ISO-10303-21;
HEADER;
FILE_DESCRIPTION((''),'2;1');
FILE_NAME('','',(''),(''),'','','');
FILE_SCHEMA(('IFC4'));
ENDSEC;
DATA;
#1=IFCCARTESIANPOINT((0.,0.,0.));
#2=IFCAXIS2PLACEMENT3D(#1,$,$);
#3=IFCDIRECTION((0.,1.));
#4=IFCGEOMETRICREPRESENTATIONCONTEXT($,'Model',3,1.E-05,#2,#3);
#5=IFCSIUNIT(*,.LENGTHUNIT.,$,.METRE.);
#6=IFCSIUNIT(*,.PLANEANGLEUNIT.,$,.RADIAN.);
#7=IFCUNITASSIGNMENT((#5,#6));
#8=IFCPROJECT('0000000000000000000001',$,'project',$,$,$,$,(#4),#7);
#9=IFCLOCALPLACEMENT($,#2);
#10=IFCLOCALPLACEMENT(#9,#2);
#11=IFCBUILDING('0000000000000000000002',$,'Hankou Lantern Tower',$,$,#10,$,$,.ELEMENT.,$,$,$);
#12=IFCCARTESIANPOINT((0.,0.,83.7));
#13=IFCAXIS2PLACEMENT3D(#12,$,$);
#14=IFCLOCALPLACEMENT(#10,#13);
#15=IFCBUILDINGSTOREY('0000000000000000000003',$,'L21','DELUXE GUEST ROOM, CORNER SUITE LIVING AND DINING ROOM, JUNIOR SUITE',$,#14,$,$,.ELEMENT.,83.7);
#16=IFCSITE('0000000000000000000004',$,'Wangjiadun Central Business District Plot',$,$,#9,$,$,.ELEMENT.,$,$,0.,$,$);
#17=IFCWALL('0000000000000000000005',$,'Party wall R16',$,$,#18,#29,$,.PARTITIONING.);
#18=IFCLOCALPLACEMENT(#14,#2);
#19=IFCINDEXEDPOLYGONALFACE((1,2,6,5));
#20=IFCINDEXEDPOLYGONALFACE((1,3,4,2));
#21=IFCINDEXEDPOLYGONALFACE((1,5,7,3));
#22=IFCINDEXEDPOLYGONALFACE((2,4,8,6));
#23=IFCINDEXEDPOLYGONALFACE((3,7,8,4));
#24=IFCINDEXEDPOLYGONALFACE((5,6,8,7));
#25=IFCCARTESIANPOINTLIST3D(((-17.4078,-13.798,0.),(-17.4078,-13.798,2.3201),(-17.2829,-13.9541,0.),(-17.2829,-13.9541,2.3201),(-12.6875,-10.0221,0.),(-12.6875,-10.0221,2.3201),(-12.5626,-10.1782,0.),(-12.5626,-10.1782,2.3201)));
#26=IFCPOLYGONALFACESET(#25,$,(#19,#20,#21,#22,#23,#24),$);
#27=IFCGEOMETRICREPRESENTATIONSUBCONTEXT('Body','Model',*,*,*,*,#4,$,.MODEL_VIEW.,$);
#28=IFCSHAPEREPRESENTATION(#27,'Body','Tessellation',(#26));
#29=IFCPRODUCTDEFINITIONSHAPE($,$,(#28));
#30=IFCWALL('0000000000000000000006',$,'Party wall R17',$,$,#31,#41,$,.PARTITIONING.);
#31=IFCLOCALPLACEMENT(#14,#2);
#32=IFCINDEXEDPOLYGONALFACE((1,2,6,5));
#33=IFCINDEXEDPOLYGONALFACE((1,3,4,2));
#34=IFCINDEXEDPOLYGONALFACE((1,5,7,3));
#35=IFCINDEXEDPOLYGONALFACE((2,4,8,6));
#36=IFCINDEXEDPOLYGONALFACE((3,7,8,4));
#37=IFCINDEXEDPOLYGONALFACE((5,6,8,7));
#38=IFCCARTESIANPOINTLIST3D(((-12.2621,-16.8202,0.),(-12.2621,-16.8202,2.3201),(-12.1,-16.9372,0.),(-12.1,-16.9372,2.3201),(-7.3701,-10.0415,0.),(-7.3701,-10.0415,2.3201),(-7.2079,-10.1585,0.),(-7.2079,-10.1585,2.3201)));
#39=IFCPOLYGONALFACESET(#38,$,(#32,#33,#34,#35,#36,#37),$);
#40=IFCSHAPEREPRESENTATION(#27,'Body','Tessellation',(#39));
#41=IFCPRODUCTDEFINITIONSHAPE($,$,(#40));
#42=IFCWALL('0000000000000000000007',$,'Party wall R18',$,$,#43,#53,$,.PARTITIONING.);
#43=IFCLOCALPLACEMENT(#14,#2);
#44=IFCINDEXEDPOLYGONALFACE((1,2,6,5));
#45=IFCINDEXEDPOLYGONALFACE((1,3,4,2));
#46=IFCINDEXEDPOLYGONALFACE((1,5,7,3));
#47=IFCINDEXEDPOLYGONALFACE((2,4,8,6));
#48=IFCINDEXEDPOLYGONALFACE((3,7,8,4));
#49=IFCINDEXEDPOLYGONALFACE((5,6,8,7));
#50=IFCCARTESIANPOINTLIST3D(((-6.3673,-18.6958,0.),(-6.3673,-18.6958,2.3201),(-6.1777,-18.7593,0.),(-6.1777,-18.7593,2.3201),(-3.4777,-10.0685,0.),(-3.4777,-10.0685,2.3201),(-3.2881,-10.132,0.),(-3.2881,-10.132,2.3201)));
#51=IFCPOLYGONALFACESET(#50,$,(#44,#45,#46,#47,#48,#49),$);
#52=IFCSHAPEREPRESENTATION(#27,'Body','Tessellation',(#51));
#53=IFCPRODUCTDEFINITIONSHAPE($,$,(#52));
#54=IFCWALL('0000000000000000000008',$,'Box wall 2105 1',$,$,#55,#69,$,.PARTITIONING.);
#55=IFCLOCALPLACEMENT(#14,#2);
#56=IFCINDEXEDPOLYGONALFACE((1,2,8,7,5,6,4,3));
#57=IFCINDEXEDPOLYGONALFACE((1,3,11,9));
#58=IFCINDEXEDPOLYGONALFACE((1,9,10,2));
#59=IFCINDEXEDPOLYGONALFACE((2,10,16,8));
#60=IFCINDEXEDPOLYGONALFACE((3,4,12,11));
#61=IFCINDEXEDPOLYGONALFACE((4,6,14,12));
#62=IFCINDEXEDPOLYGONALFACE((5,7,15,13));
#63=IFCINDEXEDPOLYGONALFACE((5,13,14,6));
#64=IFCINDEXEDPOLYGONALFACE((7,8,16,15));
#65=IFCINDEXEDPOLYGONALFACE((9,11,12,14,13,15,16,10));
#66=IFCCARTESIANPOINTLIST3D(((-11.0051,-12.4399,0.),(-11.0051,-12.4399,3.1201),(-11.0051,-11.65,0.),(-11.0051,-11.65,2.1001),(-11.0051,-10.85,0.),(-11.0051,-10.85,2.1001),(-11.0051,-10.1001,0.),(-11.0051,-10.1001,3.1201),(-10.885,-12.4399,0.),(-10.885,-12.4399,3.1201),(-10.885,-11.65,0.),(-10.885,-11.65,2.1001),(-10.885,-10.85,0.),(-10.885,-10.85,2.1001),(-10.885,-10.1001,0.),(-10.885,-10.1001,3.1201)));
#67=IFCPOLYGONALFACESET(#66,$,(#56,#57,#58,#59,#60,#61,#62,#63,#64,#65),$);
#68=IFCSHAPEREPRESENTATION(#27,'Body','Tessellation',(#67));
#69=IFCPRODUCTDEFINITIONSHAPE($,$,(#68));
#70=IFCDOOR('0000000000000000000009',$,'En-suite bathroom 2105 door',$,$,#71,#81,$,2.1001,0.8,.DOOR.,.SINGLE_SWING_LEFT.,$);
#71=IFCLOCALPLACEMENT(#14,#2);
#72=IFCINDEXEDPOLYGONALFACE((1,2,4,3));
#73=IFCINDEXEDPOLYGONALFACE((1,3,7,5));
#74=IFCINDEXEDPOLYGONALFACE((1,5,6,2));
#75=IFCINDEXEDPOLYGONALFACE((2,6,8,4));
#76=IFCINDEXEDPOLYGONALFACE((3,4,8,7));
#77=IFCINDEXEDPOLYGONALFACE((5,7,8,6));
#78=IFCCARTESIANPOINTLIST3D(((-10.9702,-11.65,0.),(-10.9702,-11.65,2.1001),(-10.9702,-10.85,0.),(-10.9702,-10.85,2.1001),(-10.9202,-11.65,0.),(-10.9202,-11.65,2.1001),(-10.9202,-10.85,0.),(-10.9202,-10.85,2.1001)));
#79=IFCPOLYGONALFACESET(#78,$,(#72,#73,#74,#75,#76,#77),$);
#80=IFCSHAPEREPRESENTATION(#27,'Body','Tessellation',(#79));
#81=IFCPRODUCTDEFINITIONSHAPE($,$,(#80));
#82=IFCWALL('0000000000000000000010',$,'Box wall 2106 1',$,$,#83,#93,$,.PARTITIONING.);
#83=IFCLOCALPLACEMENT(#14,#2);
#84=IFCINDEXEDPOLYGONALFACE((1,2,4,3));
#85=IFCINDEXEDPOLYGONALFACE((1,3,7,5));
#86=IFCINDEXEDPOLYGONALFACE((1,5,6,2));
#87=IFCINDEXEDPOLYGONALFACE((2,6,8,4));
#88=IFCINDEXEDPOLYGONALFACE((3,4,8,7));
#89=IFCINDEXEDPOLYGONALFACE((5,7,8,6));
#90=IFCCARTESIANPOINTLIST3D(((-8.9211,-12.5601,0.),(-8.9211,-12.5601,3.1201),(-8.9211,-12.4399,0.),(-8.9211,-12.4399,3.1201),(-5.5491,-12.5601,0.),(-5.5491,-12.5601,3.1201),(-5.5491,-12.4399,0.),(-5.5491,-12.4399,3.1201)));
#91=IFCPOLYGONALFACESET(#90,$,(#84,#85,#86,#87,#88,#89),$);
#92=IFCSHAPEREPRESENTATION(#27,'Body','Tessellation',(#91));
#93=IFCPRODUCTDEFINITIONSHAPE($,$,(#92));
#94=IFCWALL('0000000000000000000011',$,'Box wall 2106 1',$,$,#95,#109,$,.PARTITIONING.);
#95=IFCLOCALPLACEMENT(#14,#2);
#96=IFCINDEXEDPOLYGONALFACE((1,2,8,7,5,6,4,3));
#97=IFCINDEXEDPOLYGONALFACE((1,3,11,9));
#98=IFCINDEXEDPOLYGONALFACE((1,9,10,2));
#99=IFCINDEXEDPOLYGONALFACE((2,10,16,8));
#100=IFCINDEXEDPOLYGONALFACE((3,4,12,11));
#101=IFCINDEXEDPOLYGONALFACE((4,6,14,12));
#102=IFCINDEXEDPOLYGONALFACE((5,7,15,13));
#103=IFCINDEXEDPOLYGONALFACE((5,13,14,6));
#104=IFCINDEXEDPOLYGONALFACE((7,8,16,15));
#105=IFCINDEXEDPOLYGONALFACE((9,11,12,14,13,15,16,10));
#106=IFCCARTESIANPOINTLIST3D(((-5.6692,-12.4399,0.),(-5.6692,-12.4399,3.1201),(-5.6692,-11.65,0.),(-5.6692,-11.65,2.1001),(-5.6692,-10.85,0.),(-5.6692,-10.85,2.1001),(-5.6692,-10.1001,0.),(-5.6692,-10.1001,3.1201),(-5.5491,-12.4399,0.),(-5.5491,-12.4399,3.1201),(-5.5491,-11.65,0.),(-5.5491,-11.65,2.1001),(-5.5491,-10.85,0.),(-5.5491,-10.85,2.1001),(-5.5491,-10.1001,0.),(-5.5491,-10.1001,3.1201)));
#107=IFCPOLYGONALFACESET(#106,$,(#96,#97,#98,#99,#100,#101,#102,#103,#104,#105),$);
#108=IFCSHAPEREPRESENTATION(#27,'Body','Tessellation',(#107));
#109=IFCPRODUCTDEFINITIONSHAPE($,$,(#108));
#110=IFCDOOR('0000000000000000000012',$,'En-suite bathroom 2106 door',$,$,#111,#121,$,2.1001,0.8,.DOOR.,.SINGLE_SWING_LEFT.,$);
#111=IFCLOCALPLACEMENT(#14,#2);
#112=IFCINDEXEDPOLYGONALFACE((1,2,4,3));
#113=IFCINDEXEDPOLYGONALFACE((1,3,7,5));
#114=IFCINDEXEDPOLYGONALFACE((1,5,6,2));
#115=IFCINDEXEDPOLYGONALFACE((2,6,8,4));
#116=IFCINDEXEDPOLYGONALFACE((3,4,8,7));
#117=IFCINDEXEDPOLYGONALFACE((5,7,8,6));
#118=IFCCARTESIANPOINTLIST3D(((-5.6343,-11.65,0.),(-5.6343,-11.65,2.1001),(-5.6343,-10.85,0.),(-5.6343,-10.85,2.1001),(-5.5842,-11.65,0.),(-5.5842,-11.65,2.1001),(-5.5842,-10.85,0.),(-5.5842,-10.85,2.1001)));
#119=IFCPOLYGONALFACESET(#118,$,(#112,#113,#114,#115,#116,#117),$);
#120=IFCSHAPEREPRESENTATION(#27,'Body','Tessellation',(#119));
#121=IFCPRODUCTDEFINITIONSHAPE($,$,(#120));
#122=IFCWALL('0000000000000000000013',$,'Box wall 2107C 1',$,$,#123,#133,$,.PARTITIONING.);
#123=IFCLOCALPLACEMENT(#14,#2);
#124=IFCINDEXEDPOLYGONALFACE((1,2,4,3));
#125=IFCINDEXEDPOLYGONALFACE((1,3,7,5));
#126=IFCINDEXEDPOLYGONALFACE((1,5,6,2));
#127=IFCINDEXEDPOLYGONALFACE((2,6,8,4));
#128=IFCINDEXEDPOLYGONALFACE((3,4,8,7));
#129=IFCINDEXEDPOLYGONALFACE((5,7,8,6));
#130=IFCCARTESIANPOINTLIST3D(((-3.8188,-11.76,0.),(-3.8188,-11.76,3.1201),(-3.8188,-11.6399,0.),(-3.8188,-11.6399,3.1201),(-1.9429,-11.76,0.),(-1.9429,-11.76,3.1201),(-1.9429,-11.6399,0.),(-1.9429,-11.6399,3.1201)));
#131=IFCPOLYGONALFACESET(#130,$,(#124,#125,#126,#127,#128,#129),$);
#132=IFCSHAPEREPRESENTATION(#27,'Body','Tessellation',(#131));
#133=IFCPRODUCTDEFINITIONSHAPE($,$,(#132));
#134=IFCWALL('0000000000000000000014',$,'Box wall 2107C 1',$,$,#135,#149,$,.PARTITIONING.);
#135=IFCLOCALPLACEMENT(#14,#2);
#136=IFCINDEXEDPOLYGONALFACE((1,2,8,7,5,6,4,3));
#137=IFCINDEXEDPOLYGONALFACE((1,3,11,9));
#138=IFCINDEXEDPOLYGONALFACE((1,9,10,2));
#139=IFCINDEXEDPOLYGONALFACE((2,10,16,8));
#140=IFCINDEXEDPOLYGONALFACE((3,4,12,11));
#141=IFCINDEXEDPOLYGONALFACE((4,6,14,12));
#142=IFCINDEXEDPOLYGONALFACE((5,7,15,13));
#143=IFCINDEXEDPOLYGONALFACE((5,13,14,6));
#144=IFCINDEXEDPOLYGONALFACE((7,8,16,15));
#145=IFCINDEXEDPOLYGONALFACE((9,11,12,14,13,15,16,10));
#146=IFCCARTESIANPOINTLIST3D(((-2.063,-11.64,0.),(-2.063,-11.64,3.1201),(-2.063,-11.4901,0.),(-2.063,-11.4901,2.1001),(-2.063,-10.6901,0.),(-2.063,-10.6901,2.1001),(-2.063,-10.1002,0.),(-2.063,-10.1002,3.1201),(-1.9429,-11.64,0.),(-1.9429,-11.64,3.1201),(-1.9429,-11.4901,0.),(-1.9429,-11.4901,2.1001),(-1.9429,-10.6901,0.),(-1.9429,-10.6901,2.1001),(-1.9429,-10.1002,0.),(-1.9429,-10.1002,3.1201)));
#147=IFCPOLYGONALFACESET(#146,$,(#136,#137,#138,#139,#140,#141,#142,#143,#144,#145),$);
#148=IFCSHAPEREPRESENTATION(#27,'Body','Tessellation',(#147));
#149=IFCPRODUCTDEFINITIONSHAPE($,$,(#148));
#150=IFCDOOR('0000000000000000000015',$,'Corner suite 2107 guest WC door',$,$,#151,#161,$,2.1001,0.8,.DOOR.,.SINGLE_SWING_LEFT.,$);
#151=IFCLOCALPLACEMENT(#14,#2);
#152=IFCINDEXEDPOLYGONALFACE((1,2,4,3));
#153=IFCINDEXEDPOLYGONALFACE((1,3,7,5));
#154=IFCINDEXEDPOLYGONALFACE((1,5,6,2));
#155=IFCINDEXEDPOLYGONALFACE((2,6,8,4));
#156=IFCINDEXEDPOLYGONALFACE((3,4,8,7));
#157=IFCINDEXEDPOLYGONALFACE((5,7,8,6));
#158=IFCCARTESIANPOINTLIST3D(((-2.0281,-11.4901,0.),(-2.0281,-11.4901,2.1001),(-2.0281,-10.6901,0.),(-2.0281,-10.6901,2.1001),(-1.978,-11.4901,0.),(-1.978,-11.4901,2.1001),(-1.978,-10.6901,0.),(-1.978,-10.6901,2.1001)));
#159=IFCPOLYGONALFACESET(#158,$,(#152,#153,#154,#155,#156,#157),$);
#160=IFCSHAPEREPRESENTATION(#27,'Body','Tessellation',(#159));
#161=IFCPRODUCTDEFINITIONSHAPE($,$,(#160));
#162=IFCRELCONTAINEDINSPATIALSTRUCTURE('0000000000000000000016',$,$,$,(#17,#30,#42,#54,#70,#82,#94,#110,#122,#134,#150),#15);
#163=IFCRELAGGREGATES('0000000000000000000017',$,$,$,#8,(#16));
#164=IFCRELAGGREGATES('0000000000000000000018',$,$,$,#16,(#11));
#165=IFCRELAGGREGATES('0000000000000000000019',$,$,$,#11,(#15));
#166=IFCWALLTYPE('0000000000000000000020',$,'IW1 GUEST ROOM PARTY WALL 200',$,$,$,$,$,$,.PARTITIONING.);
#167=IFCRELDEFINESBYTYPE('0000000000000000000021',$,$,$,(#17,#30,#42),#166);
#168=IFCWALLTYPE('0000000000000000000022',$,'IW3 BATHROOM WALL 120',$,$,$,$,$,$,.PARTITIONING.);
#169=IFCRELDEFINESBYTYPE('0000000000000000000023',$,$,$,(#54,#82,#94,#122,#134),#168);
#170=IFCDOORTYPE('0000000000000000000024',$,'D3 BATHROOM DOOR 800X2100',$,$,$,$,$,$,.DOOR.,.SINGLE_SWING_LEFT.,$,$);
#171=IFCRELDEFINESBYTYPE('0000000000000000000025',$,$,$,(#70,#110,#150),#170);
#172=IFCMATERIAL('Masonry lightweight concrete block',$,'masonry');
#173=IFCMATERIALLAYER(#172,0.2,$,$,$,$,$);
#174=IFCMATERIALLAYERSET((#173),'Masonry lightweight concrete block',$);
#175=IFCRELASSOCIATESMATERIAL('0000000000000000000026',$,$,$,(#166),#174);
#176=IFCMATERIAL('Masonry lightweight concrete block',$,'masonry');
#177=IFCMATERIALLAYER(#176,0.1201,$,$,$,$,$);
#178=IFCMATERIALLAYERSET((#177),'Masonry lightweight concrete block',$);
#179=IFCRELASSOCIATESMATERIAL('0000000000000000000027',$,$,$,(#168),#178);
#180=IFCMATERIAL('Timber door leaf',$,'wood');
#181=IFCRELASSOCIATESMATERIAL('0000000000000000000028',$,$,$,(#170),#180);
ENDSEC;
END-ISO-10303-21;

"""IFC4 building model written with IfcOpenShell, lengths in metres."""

from ifc_helpers import new_model, si_unit, direction, frame, frame_2d, origin, place, context, subcontext, project, spatial, rectangle, extrude, material, layer, layer_set, type_object, element, fill, save


model = new_model("IFC4")

# Units and contexts
model_context = context("Model", 3, precision=1e-05, world=origin(), true_north=direction((0.0, 1.0)))
body_context = subcontext(model_context, "Body", "Model", "MODEL_VIEW")
ifc_project = project(units=[si_unit("LENGTHUNIT", "METRE"), si_unit("PLANEANGLEUNIT", "RADIAN")], contexts=[model_context])

# Site, building, storey
site_placement = place(None, origin())
site = spatial("IfcSite", under=ifc_project, at=site_placement, Name="Wangjiadun Central Business District Plot", CompositionType="ELEMENT", RefElevation=0.0)
building_placement = place(site_placement, origin())
building = spatial("IfcBuilding", under=site, at=building_placement, Name="Hankou Lantern Tower", CompositionType="ELEMENT")
storey_placement = place(building_placement, frame((0.0, 0.0, 83.7)))
storey = spatial("IfcBuildingStorey", under=building, at=storey_placement, Name="L21", Description="DELUXE GUEST ROOM, CORNER SUITE LIVING AND DINING ROOM, JUNIOR SUITE", CompositionType="ELEMENT", Elevation=83.7)

# Walls
ifc_material_1 = material(Name="Masonry lightweight concrete block", Category="masonry")
ifc_layer_1 = layer(ifc_material_1, 0.2)
ifc_layer_set_1 = layer_set([ifc_layer_1], Name="Masonry lightweight concrete block")
wall_type_1 = type_object("IfcWallType", Name="IW1 GUEST ROOM PARTY WALL 200", PredefinedType="PARTITIONING", material=ifc_layer_set_1)
wall_1_placement = place(storey_placement, frame((-12.625, -10.1001, 0.0), z_axis=(0.0, 0.0, 1.0), x_axis=(-0.780892, -0.624665, 0.0)))
element("IfcWall", 1, at=wall_1_placement, inside=storey, type_object=wall_type_1, Name="Party wall R16", PredefinedType="PARTITIONING", context=body_context, shape_type="SweptSolid", body=[
    extrude(rectangle(XDim=6.0447, YDim=0.2, at=frame_2d((3.0225, 0.0))), origin(), (0.0, 0.0, 1.0), 2.3201),
])
wall_2_placement = place(storey_placement, frame((-7.2891, -10.1001, 0.0), z_axis=(0.0, 0.0, 1.0), x_axis=(-0.585198, -0.81089, 0.0)))
element("IfcWall", 2, at=wall_2_placement, inside=storey, type_object=wall_type_1, Name="Party wall R17", PredefinedType="PARTITIONING", context=body_context, shape_type="SweptSolid", body=[
    extrude(rectangle(XDim=8.3596, YDim=0.2, at=frame_2d((4.1797, 0.0))), origin(), (0.0, 0.0, 1.0), 2.3201),
])
wall_3_placement = place(storey_placement, frame((-3.3828, -10.1001, 0.0), z_axis=(0.0, 0.0, 1.0), x_axis=(-0.317596, -0.948226, 0.0)))
element("IfcWall", 3, at=wall_3_placement, inside=storey, type_object=wall_type_1, Name="Party wall R18", PredefinedType="PARTITIONING", context=body_context, shape_type="SweptSolid", body=[
    extrude(rectangle(XDim=9.0984, YDim=0.2, at=frame_2d((4.5493, 0.0))), origin(), (0.0, 0.0, 1.0), 2.3201),
])

# Wall, opening, door
ifc_material_2 = material(Name="Masonry lightweight concrete block", Category="masonry")
ifc_layer_2 = layer(ifc_material_2, 0.1201)
ifc_layer_set_2 = layer_set([ifc_layer_2], Name="Masonry lightweight concrete block")
wall_type_2 = type_object("IfcWallType", Name="IW3 BATHROOM WALL 120", PredefinedType="PARTITIONING", material=ifc_layer_set_2)
wall_4_placement = place(storey_placement, frame((-10.9451, -10.1001, 0.0), z_axis=(0.0, 0.0, 1.0), x_axis=(0.0, -1.0, 0.0)))
wall_4 = element("IfcWall", 4, at=wall_4_placement, inside=storey, type_object=wall_type_2, Name="Box wall 2105 1", PredefinedType="PARTITIONING", context=body_context, shape_type="SweptSolid", body=[
    extrude(rectangle(XDim=2.3398, YDim=0.1201, at=frame_2d((1.1699, 0.0))), origin(), (0.0, 0.0, 1.0), 3.1201),
])
opening_1_placement = place(wall_4_placement, frame((0.75, 0.0, 0.0)))
opening_1 = element("IfcOpeningElement", 5, at=opening_1_placement, cuts=wall_4, PredefinedType="OPENING", context=body_context, shape_type="SweptSolid", body=[
    extrude(rectangle(XDim=0.8, YDim=2.1001, at=frame_2d((0.3999, 1.05))), frame((0.0, 0.0701, 0.0), z_axis=(0.0, -1.0, 0.0), x_axis=(1.0, 0.0, 0.0)), (0.0, 0.0, 1.0), 0.1401),
])
ifc_material_3 = material(Name="Timber door leaf", Category="wood")
door_type = type_object("IfcDoorType", Name="D3 BATHROOM DOOR 800X2100", OperationType="SINGLE_SWING_LEFT", PredefinedType="DOOR", material=ifc_material_3)
door_1_placement = place(opening_1_placement, origin())
door_1 = element("IfcDoor", 6, at=door_1_placement, inside=storey, type_object=door_type, Name="En-suite bathroom 2105 door", OperationType="SINGLE_SWING_LEFT", OverallHeight=2.1001, OverallWidth=0.8, PredefinedType="DOOR", context=body_context, shape_type="SweptSolid", body=[
    extrude(rectangle(XDim=0.8, YDim=2.1001, at=frame_2d((0.3999, 1.05))), frame((0.0, 0.0249, 0.0), z_axis=(0.0, -1.0, 0.0), x_axis=(1.0, 0.0, 0.0)), (0.0, 0.0, 1.0), 0.05),
])
fill(opening_1, door_1)

# Wall
wall_5_placement = place(storey_placement, frame((-8.9211, -12.5, 0.0), z_axis=(0.0, 0.0, 1.0), x_axis=(1.0, 0.0, 0.0)))
element("IfcWall", 7, at=wall_5_placement, inside=storey, type_object=wall_type_2, Name="Box wall 2106 1", PredefinedType="PARTITIONING", context=body_context, shape_type="SweptSolid", body=[
    extrude(rectangle(XDim=3.3721, YDim=0.1201, at=frame_2d((1.686, 0.0))), origin(), (0.0, 0.0, 1.0), 3.1201),
])

# Wall, opening, door
wall_6_placement = place(storey_placement, frame((-5.6091, -10.1001, 0.0), z_axis=(0.0, 0.0, 1.0), x_axis=(0.0, -1.0, 0.0)))
wall_6 = element("IfcWall", 8, at=wall_6_placement, inside=storey, type_object=wall_type_2, Name="Box wall 2106 1", PredefinedType="PARTITIONING", context=body_context, shape_type="SweptSolid", body=[
    extrude(rectangle(XDim=2.3398, YDim=0.1201, at=frame_2d((1.1699, 0.0))), origin(), (0.0, 0.0, 1.0), 3.1201),
])
opening_2_placement = place(wall_6_placement, frame((0.75, 0.0, 0.0)))
opening_2 = element("IfcOpeningElement", 9, at=opening_2_placement, cuts=wall_6, PredefinedType="OPENING", context=body_context, shape_type="SweptSolid", body=[
    extrude(rectangle(XDim=0.8, YDim=2.1001, at=frame_2d((0.3999, 1.05))), frame((0.0, 0.0701, 0.0), z_axis=(0.0, -1.0, 0.0), x_axis=(1.0, 0.0, 0.0)), (0.0, 0.0, 1.0), 0.1401),
])
door_2_placement = place(opening_2_placement, origin())
door_2 = element("IfcDoor", 10, at=door_2_placement, inside=storey, type_object=door_type, Name="En-suite bathroom 2106 door", OperationType="SINGLE_SWING_LEFT", OverallHeight=2.1001, OverallWidth=0.8, PredefinedType="DOOR", context=body_context, shape_type="SweptSolid", body=[
    extrude(rectangle(XDim=0.8, YDim=2.1001, at=frame_2d((0.3999, 1.05))), frame((0.0, 0.0249, 0.0), z_axis=(0.0, -1.0, 0.0), x_axis=(1.0, 0.0, 0.0)), (0.0, 0.0, 1.0), 0.05),
])
fill(opening_2, door_2)

# Wall
wall_7_placement = place(storey_placement, frame((-3.8188, -11.7, 0.0), z_axis=(0.0, 0.0, 1.0), x_axis=(1.0, 0.0, 0.0)))
element("IfcWall", 11, at=wall_7_placement, inside=storey, type_object=wall_type_2, Name="Box wall 2107C 1", PredefinedType="PARTITIONING", context=body_context, shape_type="SweptSolid", body=[
    extrude(rectangle(XDim=1.876, YDim=0.1201, at=frame_2d((0.938, 0.0))), origin(), (0.0, 0.0, 1.0), 3.1201),
])

# Wall, opening, door
wall_8_placement = place(storey_placement, frame((-2.0029, -10.1001, 0.0), z_axis=(0.0, 0.0, 1.0), x_axis=(0.0, -1.0, 0.0)))
wall_8 = element("IfcWall", 12, at=wall_8_placement, inside=storey, type_object=wall_type_2, Name="Box wall 2107C 1", PredefinedType="PARTITIONING", context=body_context, shape_type="SweptSolid", body=[
    extrude(rectangle(XDim=1.5398, YDim=0.1201, at=frame_2d((0.77, 0.0))), origin(), (0.0, 0.0, 1.0), 3.1201),
])
opening_3_placement = place(wall_8_placement, frame((0.5901, 0.0, 0.0)))
opening_3 = element("IfcOpeningElement", 13, at=opening_3_placement, cuts=wall_8, PredefinedType="OPENING", context=body_context, shape_type="SweptSolid", body=[
    extrude(rectangle(XDim=0.8, YDim=2.1001, at=frame_2d((0.3999, 1.05))), frame((0.0, 0.0701, 0.0), z_axis=(0.0, -1.0, 0.0), x_axis=(1.0, 0.0, 0.0)), (0.0, 0.0, 1.0), 0.1401),
])
door_3_placement = place(opening_3_placement, origin())
door_3 = element("IfcDoor", 14, at=door_3_placement, inside=storey, type_object=door_type, Name="Corner suite 2107 guest WC door", OperationType="SINGLE_SWING_LEFT", OverallHeight=2.1001, OverallWidth=0.8, PredefinedType="DOOR", context=body_context, shape_type="SweptSolid", body=[
    extrude(rectangle(XDim=0.8, YDim=2.1001, at=frame_2d((0.3999, 1.05))), frame((0.0, 0.0249, 0.0), z_axis=(0.0, -1.0, 0.0), x_axis=(1.0, 0.0, 0.0)), (0.0, 0.0, 1.0), 0.05),
])
fill(opening_3, door_3)

save(model, "model.ifc")
